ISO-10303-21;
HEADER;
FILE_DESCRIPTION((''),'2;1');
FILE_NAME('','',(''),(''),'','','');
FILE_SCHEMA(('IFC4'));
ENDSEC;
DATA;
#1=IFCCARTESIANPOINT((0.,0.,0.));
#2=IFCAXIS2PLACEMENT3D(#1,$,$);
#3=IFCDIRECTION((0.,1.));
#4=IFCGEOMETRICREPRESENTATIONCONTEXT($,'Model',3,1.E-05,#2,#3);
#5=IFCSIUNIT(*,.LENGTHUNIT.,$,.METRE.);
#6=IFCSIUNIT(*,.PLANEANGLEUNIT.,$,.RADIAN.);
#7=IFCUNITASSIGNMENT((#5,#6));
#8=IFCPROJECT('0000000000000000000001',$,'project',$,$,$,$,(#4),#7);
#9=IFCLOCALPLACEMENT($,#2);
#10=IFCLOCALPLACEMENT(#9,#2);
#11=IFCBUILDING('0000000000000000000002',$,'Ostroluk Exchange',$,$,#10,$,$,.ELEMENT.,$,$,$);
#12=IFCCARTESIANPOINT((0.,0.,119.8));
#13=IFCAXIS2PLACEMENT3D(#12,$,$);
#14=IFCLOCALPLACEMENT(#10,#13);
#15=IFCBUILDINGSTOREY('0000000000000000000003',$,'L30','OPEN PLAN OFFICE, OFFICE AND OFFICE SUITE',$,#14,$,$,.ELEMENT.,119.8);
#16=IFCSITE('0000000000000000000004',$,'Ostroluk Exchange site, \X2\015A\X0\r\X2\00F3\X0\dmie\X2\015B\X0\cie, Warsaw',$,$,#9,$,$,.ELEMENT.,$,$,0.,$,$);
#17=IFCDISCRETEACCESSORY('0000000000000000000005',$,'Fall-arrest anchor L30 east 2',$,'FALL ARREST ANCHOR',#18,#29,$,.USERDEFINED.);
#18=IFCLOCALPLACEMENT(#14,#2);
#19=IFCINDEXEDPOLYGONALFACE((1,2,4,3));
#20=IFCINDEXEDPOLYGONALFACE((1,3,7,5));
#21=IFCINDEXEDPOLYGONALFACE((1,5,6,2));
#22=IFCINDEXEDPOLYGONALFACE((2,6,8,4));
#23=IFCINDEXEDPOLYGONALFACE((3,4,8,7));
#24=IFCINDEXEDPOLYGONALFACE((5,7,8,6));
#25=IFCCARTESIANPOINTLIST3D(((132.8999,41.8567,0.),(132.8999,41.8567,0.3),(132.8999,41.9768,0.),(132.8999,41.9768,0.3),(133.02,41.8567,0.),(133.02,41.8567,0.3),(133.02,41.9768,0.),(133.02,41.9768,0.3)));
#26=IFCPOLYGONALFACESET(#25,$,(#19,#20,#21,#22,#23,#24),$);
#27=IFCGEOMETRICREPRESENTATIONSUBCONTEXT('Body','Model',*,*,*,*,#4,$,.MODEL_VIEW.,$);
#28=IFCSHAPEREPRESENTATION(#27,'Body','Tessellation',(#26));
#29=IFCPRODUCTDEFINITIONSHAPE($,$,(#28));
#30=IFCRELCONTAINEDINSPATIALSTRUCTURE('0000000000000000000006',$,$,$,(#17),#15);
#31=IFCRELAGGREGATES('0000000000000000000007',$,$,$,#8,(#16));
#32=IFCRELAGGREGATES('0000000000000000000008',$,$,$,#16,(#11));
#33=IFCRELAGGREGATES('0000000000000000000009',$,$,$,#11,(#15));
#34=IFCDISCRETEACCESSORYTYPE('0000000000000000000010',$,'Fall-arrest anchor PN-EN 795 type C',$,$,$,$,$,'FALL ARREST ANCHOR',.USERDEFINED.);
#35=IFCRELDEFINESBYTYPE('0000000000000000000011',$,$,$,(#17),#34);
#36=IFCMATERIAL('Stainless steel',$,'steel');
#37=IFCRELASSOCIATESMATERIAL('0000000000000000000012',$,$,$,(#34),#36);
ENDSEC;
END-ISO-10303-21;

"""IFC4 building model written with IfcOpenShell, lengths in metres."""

from ifc_helpers import new_model, si_unit, direction, frame, origin, origin_2d, place, context, subcontext, project, spatial, rectangle, extrude, material, type_object, element, save


model = new_model("IFC4")

# Units and contexts
model_context = context("Model", 3, precision=1e-05, world=origin(), true_north=direction((0.0, 1.0)))
body_context = subcontext(model_context, "Body", "Model", "MODEL_VIEW")
ifc_project = project(units=[si_unit("LENGTHUNIT", "METRE"), si_unit("PLANEANGLEUNIT", "RADIAN")], contexts=[model_context])

# Site, building, storey
site_placement = place(None, origin())
site = spatial("IfcSite", under=ifc_project, at=site_placement, Name="Ostroluk Exchange site, Śródmieście, Warsaw", CompositionType="ELEMENT", RefElevation=0.0)
building_placement = place(site_placement, origin())
building = spatial("IfcBuilding", under=site, at=building_placement, Name="Ostroluk Exchange", CompositionType="ELEMENT")
storey_placement = place(building_placement, frame((0.0, 0.0, 119.8)))
storey = spatial("IfcBuildingStorey", under=building, at=storey_placement, Name="L30", Description="OPEN PLAN OFFICE, OFFICE AND OFFICE SUITE", CompositionType="ELEMENT", Elevation=119.8)

# Discrete accessory
ifc_material_1 = material(Name="Stainless steel", Category="steel")
discrete_accessory_type = type_object("IfcDiscreteAccessoryType", Name="Fall-arrest anchor PN-EN 795 type C", ElementType="FALL ARREST ANCHOR", PredefinedType="USERDEFINED", material=ifc_material_1)
discrete_accessory_placement = place(storey_placement, frame((132.96, 41.9167, 0.0), z_axis=(0.0, 0.0, 1.0), x_axis=(1.0, 0.0, 0.0)))
element("IfcDiscreteAccessory", 1, at=discrete_accessory_placement, inside=storey, type_object=discrete_accessory_type, Name="Fall-arrest anchor L30 east 2", ObjectType="FALL ARREST ANCHOR", PredefinedType="USERDEFINED", context=body_context, shape_type="SweptSolid", body=[
    extrude(rectangle(XDim=0.1201, YDim=0.1201, at=origin_2d()), origin(), (0.0, 0.0, 1.0), 0.3),
])

save(model, "model.ifc")
